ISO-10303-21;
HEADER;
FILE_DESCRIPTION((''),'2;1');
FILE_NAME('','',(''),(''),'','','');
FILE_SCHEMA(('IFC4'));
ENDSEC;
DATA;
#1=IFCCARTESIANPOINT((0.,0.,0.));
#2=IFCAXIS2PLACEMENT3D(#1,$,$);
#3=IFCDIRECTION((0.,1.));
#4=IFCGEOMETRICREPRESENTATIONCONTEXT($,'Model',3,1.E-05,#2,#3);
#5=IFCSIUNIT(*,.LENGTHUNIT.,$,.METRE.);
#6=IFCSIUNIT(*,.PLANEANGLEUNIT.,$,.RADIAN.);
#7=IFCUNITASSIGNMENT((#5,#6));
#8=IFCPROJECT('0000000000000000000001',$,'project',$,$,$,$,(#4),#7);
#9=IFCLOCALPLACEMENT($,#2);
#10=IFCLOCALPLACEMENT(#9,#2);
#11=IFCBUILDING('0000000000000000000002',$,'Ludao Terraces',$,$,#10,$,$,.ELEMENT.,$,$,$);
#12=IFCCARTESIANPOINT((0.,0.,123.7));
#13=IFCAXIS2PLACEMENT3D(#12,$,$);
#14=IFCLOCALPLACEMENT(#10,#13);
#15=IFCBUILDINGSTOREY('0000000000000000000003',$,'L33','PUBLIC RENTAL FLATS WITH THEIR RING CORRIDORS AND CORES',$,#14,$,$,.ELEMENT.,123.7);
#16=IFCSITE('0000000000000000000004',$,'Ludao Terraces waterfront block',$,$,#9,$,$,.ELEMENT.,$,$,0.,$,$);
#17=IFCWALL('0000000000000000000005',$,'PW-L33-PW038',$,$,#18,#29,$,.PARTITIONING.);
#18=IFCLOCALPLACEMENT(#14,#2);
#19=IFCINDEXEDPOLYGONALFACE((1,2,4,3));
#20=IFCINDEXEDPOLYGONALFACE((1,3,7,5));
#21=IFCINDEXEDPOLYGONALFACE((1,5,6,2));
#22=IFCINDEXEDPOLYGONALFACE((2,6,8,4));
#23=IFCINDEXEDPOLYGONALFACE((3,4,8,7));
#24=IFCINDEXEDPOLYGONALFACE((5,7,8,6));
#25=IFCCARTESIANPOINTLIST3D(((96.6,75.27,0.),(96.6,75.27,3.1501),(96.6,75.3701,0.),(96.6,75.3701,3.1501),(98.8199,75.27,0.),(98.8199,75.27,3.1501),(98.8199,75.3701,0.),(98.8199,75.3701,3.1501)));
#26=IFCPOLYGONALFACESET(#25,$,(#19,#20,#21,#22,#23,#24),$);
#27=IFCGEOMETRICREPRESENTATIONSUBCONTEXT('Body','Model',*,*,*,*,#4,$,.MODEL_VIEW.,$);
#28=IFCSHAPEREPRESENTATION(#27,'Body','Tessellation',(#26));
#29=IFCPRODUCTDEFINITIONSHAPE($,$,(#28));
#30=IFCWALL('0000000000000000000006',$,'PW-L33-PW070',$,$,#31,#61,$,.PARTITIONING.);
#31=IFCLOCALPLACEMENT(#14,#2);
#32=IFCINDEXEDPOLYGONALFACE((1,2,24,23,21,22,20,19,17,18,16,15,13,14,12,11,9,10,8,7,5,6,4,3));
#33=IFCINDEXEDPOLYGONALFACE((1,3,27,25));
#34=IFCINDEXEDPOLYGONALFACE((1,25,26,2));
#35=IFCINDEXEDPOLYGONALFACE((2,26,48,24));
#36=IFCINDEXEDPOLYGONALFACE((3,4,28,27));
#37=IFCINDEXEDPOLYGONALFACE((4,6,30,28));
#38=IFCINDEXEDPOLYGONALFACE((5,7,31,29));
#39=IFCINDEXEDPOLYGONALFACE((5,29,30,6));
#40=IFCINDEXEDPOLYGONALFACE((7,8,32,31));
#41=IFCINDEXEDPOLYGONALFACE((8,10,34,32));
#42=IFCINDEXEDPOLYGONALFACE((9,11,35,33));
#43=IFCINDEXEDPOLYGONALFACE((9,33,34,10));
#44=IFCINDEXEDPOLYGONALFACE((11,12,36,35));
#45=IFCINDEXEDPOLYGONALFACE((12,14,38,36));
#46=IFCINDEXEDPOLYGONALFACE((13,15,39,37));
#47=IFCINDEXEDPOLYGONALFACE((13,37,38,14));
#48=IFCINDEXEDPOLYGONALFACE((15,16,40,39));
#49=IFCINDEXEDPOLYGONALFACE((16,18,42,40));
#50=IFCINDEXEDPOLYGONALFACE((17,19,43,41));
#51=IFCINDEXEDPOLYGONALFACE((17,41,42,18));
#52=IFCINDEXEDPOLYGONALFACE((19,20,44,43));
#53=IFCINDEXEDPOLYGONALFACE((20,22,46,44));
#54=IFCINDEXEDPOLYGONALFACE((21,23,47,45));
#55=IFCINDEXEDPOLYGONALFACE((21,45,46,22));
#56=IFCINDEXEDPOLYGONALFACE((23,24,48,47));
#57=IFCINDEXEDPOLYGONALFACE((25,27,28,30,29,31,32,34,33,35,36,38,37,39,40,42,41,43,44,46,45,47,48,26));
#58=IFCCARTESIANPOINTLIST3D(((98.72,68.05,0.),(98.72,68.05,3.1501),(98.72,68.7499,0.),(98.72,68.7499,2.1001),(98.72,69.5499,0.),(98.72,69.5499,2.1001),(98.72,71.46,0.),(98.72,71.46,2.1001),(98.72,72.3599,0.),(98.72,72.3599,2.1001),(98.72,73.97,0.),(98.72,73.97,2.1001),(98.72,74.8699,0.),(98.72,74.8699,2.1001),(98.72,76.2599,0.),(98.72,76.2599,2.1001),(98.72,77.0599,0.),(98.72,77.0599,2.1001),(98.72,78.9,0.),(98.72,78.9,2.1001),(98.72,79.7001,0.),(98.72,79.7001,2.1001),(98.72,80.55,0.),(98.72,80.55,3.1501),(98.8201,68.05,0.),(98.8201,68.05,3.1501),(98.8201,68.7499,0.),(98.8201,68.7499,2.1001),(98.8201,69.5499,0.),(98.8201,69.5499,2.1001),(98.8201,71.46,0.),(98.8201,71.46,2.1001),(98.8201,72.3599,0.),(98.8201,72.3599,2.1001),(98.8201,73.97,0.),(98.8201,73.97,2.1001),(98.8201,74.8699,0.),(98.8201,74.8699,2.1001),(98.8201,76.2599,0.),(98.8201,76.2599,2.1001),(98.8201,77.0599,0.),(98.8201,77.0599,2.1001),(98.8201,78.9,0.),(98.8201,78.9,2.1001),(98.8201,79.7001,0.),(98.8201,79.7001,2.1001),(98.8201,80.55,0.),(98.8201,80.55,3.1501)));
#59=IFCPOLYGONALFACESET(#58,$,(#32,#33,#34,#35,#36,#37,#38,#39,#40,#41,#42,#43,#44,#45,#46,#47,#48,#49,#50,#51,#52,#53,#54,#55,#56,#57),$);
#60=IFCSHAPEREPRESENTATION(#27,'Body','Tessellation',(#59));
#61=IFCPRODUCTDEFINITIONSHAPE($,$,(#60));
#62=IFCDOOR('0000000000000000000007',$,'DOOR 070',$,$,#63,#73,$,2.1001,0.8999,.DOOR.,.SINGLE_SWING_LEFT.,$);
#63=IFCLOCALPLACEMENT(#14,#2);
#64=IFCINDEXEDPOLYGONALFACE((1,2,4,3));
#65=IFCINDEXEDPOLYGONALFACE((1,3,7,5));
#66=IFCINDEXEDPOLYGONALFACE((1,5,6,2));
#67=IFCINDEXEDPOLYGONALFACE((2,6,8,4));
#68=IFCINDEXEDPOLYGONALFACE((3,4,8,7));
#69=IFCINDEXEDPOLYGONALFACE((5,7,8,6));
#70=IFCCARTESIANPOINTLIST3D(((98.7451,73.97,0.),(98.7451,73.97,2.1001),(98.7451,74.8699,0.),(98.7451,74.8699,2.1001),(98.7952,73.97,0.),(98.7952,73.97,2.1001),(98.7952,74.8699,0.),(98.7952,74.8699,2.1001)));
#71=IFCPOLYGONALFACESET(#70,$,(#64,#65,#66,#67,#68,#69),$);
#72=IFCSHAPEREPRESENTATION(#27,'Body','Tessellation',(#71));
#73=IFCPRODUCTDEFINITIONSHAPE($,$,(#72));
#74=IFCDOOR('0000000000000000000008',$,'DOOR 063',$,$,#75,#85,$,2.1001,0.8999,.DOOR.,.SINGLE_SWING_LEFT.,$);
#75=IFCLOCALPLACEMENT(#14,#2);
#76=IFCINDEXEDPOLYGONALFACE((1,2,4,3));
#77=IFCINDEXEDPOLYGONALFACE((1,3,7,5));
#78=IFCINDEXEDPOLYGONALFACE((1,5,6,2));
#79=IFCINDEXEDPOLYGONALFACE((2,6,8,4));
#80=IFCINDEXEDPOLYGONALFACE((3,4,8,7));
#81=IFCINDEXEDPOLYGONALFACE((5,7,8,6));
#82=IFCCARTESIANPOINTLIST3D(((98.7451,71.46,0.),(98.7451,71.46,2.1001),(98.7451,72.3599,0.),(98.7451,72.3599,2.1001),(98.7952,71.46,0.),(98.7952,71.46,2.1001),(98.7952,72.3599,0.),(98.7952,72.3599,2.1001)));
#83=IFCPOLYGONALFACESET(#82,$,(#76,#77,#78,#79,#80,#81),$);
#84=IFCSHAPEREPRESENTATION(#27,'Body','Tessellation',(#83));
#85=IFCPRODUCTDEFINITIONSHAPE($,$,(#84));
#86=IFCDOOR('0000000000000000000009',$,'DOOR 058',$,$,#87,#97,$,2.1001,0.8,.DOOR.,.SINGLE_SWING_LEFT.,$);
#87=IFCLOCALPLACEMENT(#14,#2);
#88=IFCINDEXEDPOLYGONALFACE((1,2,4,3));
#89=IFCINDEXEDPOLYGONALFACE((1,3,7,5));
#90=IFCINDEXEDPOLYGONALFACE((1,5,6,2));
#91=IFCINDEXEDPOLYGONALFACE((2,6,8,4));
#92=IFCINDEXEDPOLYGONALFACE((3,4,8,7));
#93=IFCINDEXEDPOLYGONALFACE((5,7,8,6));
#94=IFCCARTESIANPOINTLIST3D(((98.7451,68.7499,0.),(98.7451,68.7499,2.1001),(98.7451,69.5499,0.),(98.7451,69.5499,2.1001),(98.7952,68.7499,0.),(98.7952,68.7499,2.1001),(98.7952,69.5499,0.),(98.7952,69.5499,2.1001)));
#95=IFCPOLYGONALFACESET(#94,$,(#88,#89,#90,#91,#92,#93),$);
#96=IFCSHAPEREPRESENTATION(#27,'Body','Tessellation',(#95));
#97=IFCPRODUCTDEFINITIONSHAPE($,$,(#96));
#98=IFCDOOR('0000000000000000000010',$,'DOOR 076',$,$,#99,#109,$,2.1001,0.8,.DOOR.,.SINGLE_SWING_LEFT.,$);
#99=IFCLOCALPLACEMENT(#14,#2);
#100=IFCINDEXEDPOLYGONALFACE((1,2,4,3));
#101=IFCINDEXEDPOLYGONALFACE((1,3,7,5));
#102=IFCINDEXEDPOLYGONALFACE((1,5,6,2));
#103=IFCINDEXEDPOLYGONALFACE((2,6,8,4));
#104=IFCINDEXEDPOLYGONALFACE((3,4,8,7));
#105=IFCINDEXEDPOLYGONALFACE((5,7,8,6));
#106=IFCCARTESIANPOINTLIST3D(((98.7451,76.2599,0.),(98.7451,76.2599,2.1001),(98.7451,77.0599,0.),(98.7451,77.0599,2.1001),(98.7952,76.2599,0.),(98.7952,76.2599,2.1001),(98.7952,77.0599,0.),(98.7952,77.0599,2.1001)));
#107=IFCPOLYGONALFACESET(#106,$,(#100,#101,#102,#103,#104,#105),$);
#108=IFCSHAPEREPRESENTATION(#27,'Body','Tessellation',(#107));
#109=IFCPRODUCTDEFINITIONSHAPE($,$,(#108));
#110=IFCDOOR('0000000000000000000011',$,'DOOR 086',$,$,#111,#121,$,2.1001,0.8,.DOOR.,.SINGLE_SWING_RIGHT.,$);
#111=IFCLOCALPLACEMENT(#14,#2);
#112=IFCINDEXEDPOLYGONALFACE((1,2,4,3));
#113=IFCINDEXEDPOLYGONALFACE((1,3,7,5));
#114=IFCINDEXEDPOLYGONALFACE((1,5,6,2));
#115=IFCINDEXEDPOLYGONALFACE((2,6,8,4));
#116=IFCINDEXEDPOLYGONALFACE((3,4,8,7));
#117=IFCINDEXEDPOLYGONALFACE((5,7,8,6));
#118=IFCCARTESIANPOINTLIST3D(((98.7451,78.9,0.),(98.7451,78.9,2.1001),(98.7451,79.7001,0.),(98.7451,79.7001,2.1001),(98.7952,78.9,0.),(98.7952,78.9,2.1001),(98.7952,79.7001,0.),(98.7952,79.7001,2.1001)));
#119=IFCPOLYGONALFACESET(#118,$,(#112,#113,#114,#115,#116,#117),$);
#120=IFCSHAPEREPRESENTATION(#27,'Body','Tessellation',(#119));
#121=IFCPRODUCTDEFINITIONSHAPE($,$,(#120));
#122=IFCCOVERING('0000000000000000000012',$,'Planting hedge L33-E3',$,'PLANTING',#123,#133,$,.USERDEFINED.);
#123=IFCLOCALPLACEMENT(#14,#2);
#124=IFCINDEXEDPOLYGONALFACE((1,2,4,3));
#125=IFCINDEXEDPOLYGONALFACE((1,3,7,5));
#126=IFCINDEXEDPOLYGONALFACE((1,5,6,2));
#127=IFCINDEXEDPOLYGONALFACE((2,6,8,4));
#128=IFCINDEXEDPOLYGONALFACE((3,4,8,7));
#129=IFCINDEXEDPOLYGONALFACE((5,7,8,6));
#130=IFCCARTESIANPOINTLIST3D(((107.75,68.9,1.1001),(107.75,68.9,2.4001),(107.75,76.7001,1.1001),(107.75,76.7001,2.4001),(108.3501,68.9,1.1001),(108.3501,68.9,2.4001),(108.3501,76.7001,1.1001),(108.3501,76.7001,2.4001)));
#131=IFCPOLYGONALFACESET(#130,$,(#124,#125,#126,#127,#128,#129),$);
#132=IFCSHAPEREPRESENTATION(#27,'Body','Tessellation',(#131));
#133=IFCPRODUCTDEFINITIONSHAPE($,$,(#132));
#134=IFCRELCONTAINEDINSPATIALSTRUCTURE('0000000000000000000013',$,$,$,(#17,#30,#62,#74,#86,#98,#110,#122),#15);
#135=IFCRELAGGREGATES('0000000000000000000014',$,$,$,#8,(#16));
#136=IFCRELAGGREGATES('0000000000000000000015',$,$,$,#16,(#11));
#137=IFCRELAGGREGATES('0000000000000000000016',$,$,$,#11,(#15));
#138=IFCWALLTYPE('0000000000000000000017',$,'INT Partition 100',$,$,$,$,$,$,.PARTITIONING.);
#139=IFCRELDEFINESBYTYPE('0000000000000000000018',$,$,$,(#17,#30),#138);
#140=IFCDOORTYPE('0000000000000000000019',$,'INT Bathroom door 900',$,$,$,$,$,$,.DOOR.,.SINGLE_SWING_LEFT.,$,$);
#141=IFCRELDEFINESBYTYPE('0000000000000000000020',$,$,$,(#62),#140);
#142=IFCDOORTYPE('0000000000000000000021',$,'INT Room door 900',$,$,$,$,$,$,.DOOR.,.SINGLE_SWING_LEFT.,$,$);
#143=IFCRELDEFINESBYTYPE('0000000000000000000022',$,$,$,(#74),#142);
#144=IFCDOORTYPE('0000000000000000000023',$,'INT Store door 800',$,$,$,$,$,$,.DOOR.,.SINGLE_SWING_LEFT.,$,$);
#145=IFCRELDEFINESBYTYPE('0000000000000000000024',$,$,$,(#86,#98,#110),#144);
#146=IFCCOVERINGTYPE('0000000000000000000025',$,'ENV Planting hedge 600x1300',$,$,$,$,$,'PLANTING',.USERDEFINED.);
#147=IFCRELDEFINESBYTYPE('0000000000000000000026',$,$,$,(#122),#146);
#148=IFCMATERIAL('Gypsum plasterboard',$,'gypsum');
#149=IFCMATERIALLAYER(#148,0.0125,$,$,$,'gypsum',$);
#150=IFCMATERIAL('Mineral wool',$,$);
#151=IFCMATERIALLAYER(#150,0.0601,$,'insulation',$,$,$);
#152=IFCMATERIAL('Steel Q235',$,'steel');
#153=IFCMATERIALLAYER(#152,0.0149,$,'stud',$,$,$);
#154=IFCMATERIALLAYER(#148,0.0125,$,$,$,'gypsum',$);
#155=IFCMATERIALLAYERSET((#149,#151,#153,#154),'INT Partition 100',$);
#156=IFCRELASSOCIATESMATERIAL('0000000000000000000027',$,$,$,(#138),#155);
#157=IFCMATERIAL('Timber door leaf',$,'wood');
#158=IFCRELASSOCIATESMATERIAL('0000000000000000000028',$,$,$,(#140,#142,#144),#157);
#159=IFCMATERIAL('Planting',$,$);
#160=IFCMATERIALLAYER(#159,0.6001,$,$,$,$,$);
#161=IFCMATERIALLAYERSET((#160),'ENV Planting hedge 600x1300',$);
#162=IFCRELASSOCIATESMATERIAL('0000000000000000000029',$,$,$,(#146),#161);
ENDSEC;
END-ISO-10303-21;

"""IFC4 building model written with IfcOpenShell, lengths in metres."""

from ifc_helpers import new_model, si_unit, direction, frame, frame_2d, origin, origin_2d, place, context, subcontext, project, spatial, rectangle, extrude, material, layer, layer_set, type_object, element, fill, save


model = new_model("IFC4")

# Units and contexts
model_context = context("Model", 3, precision=1e-05, world=origin(), true_north=direction((0.0, 1.0)))
body_context = subcontext(model_context, "Body", "Model", "MODEL_VIEW")
ifc_project = project(units=[si_unit("LENGTHUNIT", "METRE"), si_unit("PLANEANGLEUNIT", "RADIAN")], contexts=[model_context])

# Site, building, storey
site_placement = place(None, origin())
site = spatial("IfcSite", under=ifc_project, at=site_placement, Name="Ludao Terraces waterfront block", CompositionType="ELEMENT", RefElevation=0.0)
building_placement = place(site_placement, origin())
building = spatial("IfcBuilding", under=site, at=building_placement, Name="Ludao Terraces", CompositionType="ELEMENT")
storey_placement = place(building_placement, frame((0.0, 0.0, 123.7)))
storey = spatial("IfcBuildingStorey", under=building, at=storey_placement, Name="L33", Description="PUBLIC RENTAL FLATS WITH THEIR RING CORRIDORS AND CORES", CompositionType="ELEMENT", Elevation=123.7)

# Shared definitions
ifc_material_1 = material(Name="Mineral wool")

# Wall
ifc_material_2 = material(Name="Gypsum plasterboard", Category="gypsum")
ifc_layer_1 = layer(ifc_material_2, 0.0125, Category="gypsum")
ifc_layer_2 = layer(ifc_material_1, 0.0601, Name="insulation")
ifc_material_3 = material(Name="Steel Q235", Category="steel")
ifc_layer_3 = layer(ifc_material_3, 0.0149, Name="stud")
ifc_layer_4 = layer(ifc_material_2, 0.0125, Category="gypsum")
ifc_layer_set_1 = layer_set([ifc_layer_1, ifc_layer_2, ifc_layer_3, ifc_layer_4], Name="INT Partition 100")
wall_type_1 = type_object("IfcWallType", Name="INT Partition 100", PredefinedType="PARTITIONING", material=ifc_layer_set_1)
for number, where, z_axis, x_axis, name in (
    (1, (96.6001, 75.3201, 0.0), (0.0, 0.0, 1.0), (1.0, 0.0, 0.0), "PW-L33-PW038"),
):
    element("IfcWall", number, at=place(storey_placement, frame(where, z_axis=z_axis, x_axis=x_axis)), inside=storey, type_object=wall_type_1, Name=name, PredefinedType="PARTITIONING", context=body_context, shape_type="SweptSolid", body=[
        extrude(rectangle(XDim=2.22, YDim=0.1001, at=frame_2d((1.1099, 0.0))), origin(), (0.0, 0.0, 1.0), 3.1501),
    ])

# Wall, openings, doors
wall_1_placement = place(storey_placement, frame((98.77, 68.05, 0.0), z_axis=(0.0, 0.0, 1.0), x_axis=(0.0, 1.0, 0.0)))
wall_1 = element("IfcWall", 2, at=wall_1_placement, inside=storey, type_object=wall_type_1, Name="PW-L33-PW070", PredefinedType="PARTITIONING", context=body_context, shape_type="SweptSolid", body=[
    extrude(rectangle(XDim=12.5, YDim=0.1001, at=frame_2d((6.25, 0.0))), origin(), (0.0, 0.0, 1.0), 3.1501),
])
opening_1_placement = place(wall_1_placement, frame((0.7, 0.0, 0.0)))
opening_1 = element("IfcOpeningElement", 3, at=opening_1_placement, cuts=wall_1, PredefinedType="OPENING", context=body_context, shape_type="SweptSolid", body=[
    extrude(rectangle(XDim=0.8, YDim=2.1001, at=frame_2d((0.3999, 1.05))), frame((0.0, 0.0601, 0.0), z_axis=(0.0, -1.0, 0.0), x_axis=(1.0, 0.0, 0.0)), (0.0, 0.0, 1.0), 0.1201),
])
opening_2_placement = place(wall_1_placement, frame((3.4099, 0.0, 0.0)))
opening_2 = element("IfcOpeningElement", 4, at=opening_2_placement, cuts=wall_1, PredefinedType="OPENING", context=body_context, shape_type="SweptSolid", body=[
    extrude(rectangle(XDim=0.8999, YDim=2.1001, at=frame_2d((0.45, 1.05))), frame((0.0, 0.0601, 0.0), z_axis=(0.0, -1.0, 0.0), x_axis=(1.0, 0.0, 0.0)), (0.0, 0.0, 1.0), 0.1201),
])
opening_3_placement = place(wall_1_placement, frame((5.9199, 0.0, 0.0)))
opening_3 = element("IfcOpeningElement", 5, at=opening_3_placement, cuts=wall_1, PredefinedType="OPENING", context=body_context, shape_type="SweptSolid", body=[
    extrude(rectangle(XDim=0.8999, YDim=2.1001, at=frame_2d((0.45, 1.05))), frame((0.0, 0.0601, 0.0), z_axis=(0.0, -1.0, 0.0), x_axis=(1.0, 0.0, 0.0)), (0.0, 0.0, 1.0), 0.1201),
])
opening_4_placement = place(wall_1_placement, frame((8.21, 0.0, 0.0)))
opening_4 = element("IfcOpeningElement", 6, at=opening_4_placement, cuts=wall_1, PredefinedType="OPENING", context=body_context, shape_type="SweptSolid", body=[
    extrude(rectangle(XDim=0.8, YDim=2.1001, at=frame_2d((0.3999, 1.05))), frame((0.0, 0.0601, 0.0), z_axis=(0.0, -1.0, 0.0), x_axis=(1.0, 0.0, 0.0)), (0.0, 0.0, 1.0), 0.1201),
])
opening_5_placement = place(wall_1_placement, frame((10.8501, 0.0, 0.0)))
opening_5 = element("IfcOpeningElement", 7, at=opening_5_placement, cuts=wall_1, PredefinedType="OPENING", context=body_context, shape_type="SweptSolid", body=[
    extrude(rectangle(XDim=0.8, YDim=2.1001, at=frame_2d((0.3999, 1.05))), frame((0.0, 0.0601, 0.0), z_axis=(0.0, -1.0, 0.0), x_axis=(1.0, 0.0, 0.0)), (0.0, 0.0, 1.0), 0.1201),
])
ifc_material_4 = material(Name="Timber door leaf", Category="wood")
door_type_1 = type_object("IfcDoorType", Name="INT Bathroom door 900", OperationType="SINGLE_SWING_LEFT", PredefinedType="DOOR", material=ifc_material_4)
door_1_placement = place(opening_3_placement, origin())
door_1 = element("IfcDoor", 8, at=door_1_placement, inside=storey, type_object=door_type_1, Name="DOOR 070", OperationType="SINGLE_SWING_LEFT", OverallHeight=2.1001, OverallWidth=0.8999, PredefinedType="DOOR", context=body_context, shape_type="SweptSolid", body=[
    extrude(rectangle(XDim=0.8999, YDim=2.1001, at=frame_2d((0.45, 1.05))), frame((0.0, 0.0249, 0.0), z_axis=(0.0, -1.0, 0.0), x_axis=(1.0, 0.0, 0.0)), (0.0, 0.0, 1.0), 0.05),
])
fill(opening_3, door_1)
door_type_2 = type_object("IfcDoorType", Name="INT Room door 900", OperationType="SINGLE_SWING_LEFT", PredefinedType="DOOR", material=ifc_material_4)
door_2_placement = place(opening_2_placement, origin())
door_2 = element("IfcDoor", 9, at=door_2_placement, inside=storey, type_object=door_type_2, Name="DOOR 063", OperationType="SINGLE_SWING_LEFT", OverallHeight=2.1001, OverallWidth=0.8999, PredefinedType="DOOR", context=body_context, shape_type="SweptSolid", body=[
    extrude(rectangle(XDim=0.8999, YDim=2.1001, at=frame_2d((0.45, 1.05))), frame((0.0, 0.0249, 0.0), z_axis=(0.0, -1.0, 0.0), x_axis=(1.0, 0.0, 0.0)), (0.0, 0.0, 1.0), 0.05),
])
fill(opening_2, door_2)
door_type_3 = type_object("IfcDoorType", Name="INT Store door 800", OperationType="SINGLE_SWING_LEFT", PredefinedType="DOOR", material=ifc_material_4)
door_3_placement = place(opening_1_placement, origin())
door_3 = element("IfcDoor", 10, at=door_3_placement, inside=storey, type_object=door_type_3, Name="DOOR 058", OperationType="SINGLE_SWING_LEFT", OverallHeight=2.1001, OverallWidth=0.8, PredefinedType="DOOR", context=body_context, shape_type="SweptSolid", body=[
    extrude(rectangle(XDim=0.8, YDim=2.1001, at=frame_2d((0.3999, 1.05))), frame((0.0, 0.0249, 0.0), z_axis=(0.0, -1.0, 0.0), x_axis=(1.0, 0.0, 0.0)), (0.0, 0.0, 1.0), 0.05),
])
fill(opening_1, door_3)
door_4_placement = place(opening_4_placement, origin())
door_4 = element("IfcDoor", 11, at=door_4_placement, inside=storey, type_object=door_type_3, Name="DOOR 076", OperationType="SINGLE_SWING_LEFT", OverallHeight=2.1001, OverallWidth=0.8, PredefinedType="DOOR", context=body_context, shape_type="SweptSolid", body=[
    extrude(rectangle(XDim=0.8, YDim=2.1001, at=frame_2d((0.3999, 1.05))), frame((0.0, 0.0249, 0.0), z_axis=(0.0, -1.0, 0.0), x_axis=(1.0, 0.0, 0.0)), (0.0, 0.0, 1.0), 0.05),
])
fill(opening_4, door_4)
door_5_placement = place(opening_5_placement, origin())
door_5 = element("IfcDoor", 12, at=door_5_placement, inside=storey, type_object=door_type_3, Name="DOOR 086", OperationType="SINGLE_SWING_RIGHT", OverallHeight=2.1001, OverallWidth=0.8, PredefinedType="DOOR", context=body_context, shape_type="SweptSolid", body=[
    extrude(rectangle(XDim=0.8, YDim=2.1001, at=frame_2d((0.3999, 1.05))), frame((0.0, 0.0249, 0.0), z_axis=(0.0, -1.0, 0.0), x_axis=(1.0, 0.0, 0.0)), (0.0, 0.0, 1.0), 0.05),
])
fill(opening_5, door_5)

# Covering
ifc_material_5 = material(Name="Planting")
ifc_layer_5 = layer(ifc_material_5, 0.6001)
ifc_layer_set_2 = layer_set([ifc_layer_5], Name="ENV Planting hedge 600x1300")
covering_type = type_object("IfcCoveringType", Name="ENV Planting hedge 600x1300", ElementType="PLANTING", PredefinedType="USERDEFINED", material=ifc_layer_set_2)
covering_placement = place(storey_placement, frame((108.05, 72.8, 1.1001), z_axis=(0.0, 0.0, 1.0), x_axis=(1.0, 0.0, 0.0)))
element("IfcCovering", 13, at=covering_placement, inside=storey, type_object=covering_type, Name="Planting hedge L33-E3", ObjectType="PLANTING", PredefinedType="USERDEFINED", context=body_context, shape_type="SweptSolid", body=[
    extrude(rectangle(XDim=0.6001, YDim=7.8, at=origin_2d()), origin(), (0.0, 0.0, 1.0), 1.3),
])

save(model, "model.ifc")
